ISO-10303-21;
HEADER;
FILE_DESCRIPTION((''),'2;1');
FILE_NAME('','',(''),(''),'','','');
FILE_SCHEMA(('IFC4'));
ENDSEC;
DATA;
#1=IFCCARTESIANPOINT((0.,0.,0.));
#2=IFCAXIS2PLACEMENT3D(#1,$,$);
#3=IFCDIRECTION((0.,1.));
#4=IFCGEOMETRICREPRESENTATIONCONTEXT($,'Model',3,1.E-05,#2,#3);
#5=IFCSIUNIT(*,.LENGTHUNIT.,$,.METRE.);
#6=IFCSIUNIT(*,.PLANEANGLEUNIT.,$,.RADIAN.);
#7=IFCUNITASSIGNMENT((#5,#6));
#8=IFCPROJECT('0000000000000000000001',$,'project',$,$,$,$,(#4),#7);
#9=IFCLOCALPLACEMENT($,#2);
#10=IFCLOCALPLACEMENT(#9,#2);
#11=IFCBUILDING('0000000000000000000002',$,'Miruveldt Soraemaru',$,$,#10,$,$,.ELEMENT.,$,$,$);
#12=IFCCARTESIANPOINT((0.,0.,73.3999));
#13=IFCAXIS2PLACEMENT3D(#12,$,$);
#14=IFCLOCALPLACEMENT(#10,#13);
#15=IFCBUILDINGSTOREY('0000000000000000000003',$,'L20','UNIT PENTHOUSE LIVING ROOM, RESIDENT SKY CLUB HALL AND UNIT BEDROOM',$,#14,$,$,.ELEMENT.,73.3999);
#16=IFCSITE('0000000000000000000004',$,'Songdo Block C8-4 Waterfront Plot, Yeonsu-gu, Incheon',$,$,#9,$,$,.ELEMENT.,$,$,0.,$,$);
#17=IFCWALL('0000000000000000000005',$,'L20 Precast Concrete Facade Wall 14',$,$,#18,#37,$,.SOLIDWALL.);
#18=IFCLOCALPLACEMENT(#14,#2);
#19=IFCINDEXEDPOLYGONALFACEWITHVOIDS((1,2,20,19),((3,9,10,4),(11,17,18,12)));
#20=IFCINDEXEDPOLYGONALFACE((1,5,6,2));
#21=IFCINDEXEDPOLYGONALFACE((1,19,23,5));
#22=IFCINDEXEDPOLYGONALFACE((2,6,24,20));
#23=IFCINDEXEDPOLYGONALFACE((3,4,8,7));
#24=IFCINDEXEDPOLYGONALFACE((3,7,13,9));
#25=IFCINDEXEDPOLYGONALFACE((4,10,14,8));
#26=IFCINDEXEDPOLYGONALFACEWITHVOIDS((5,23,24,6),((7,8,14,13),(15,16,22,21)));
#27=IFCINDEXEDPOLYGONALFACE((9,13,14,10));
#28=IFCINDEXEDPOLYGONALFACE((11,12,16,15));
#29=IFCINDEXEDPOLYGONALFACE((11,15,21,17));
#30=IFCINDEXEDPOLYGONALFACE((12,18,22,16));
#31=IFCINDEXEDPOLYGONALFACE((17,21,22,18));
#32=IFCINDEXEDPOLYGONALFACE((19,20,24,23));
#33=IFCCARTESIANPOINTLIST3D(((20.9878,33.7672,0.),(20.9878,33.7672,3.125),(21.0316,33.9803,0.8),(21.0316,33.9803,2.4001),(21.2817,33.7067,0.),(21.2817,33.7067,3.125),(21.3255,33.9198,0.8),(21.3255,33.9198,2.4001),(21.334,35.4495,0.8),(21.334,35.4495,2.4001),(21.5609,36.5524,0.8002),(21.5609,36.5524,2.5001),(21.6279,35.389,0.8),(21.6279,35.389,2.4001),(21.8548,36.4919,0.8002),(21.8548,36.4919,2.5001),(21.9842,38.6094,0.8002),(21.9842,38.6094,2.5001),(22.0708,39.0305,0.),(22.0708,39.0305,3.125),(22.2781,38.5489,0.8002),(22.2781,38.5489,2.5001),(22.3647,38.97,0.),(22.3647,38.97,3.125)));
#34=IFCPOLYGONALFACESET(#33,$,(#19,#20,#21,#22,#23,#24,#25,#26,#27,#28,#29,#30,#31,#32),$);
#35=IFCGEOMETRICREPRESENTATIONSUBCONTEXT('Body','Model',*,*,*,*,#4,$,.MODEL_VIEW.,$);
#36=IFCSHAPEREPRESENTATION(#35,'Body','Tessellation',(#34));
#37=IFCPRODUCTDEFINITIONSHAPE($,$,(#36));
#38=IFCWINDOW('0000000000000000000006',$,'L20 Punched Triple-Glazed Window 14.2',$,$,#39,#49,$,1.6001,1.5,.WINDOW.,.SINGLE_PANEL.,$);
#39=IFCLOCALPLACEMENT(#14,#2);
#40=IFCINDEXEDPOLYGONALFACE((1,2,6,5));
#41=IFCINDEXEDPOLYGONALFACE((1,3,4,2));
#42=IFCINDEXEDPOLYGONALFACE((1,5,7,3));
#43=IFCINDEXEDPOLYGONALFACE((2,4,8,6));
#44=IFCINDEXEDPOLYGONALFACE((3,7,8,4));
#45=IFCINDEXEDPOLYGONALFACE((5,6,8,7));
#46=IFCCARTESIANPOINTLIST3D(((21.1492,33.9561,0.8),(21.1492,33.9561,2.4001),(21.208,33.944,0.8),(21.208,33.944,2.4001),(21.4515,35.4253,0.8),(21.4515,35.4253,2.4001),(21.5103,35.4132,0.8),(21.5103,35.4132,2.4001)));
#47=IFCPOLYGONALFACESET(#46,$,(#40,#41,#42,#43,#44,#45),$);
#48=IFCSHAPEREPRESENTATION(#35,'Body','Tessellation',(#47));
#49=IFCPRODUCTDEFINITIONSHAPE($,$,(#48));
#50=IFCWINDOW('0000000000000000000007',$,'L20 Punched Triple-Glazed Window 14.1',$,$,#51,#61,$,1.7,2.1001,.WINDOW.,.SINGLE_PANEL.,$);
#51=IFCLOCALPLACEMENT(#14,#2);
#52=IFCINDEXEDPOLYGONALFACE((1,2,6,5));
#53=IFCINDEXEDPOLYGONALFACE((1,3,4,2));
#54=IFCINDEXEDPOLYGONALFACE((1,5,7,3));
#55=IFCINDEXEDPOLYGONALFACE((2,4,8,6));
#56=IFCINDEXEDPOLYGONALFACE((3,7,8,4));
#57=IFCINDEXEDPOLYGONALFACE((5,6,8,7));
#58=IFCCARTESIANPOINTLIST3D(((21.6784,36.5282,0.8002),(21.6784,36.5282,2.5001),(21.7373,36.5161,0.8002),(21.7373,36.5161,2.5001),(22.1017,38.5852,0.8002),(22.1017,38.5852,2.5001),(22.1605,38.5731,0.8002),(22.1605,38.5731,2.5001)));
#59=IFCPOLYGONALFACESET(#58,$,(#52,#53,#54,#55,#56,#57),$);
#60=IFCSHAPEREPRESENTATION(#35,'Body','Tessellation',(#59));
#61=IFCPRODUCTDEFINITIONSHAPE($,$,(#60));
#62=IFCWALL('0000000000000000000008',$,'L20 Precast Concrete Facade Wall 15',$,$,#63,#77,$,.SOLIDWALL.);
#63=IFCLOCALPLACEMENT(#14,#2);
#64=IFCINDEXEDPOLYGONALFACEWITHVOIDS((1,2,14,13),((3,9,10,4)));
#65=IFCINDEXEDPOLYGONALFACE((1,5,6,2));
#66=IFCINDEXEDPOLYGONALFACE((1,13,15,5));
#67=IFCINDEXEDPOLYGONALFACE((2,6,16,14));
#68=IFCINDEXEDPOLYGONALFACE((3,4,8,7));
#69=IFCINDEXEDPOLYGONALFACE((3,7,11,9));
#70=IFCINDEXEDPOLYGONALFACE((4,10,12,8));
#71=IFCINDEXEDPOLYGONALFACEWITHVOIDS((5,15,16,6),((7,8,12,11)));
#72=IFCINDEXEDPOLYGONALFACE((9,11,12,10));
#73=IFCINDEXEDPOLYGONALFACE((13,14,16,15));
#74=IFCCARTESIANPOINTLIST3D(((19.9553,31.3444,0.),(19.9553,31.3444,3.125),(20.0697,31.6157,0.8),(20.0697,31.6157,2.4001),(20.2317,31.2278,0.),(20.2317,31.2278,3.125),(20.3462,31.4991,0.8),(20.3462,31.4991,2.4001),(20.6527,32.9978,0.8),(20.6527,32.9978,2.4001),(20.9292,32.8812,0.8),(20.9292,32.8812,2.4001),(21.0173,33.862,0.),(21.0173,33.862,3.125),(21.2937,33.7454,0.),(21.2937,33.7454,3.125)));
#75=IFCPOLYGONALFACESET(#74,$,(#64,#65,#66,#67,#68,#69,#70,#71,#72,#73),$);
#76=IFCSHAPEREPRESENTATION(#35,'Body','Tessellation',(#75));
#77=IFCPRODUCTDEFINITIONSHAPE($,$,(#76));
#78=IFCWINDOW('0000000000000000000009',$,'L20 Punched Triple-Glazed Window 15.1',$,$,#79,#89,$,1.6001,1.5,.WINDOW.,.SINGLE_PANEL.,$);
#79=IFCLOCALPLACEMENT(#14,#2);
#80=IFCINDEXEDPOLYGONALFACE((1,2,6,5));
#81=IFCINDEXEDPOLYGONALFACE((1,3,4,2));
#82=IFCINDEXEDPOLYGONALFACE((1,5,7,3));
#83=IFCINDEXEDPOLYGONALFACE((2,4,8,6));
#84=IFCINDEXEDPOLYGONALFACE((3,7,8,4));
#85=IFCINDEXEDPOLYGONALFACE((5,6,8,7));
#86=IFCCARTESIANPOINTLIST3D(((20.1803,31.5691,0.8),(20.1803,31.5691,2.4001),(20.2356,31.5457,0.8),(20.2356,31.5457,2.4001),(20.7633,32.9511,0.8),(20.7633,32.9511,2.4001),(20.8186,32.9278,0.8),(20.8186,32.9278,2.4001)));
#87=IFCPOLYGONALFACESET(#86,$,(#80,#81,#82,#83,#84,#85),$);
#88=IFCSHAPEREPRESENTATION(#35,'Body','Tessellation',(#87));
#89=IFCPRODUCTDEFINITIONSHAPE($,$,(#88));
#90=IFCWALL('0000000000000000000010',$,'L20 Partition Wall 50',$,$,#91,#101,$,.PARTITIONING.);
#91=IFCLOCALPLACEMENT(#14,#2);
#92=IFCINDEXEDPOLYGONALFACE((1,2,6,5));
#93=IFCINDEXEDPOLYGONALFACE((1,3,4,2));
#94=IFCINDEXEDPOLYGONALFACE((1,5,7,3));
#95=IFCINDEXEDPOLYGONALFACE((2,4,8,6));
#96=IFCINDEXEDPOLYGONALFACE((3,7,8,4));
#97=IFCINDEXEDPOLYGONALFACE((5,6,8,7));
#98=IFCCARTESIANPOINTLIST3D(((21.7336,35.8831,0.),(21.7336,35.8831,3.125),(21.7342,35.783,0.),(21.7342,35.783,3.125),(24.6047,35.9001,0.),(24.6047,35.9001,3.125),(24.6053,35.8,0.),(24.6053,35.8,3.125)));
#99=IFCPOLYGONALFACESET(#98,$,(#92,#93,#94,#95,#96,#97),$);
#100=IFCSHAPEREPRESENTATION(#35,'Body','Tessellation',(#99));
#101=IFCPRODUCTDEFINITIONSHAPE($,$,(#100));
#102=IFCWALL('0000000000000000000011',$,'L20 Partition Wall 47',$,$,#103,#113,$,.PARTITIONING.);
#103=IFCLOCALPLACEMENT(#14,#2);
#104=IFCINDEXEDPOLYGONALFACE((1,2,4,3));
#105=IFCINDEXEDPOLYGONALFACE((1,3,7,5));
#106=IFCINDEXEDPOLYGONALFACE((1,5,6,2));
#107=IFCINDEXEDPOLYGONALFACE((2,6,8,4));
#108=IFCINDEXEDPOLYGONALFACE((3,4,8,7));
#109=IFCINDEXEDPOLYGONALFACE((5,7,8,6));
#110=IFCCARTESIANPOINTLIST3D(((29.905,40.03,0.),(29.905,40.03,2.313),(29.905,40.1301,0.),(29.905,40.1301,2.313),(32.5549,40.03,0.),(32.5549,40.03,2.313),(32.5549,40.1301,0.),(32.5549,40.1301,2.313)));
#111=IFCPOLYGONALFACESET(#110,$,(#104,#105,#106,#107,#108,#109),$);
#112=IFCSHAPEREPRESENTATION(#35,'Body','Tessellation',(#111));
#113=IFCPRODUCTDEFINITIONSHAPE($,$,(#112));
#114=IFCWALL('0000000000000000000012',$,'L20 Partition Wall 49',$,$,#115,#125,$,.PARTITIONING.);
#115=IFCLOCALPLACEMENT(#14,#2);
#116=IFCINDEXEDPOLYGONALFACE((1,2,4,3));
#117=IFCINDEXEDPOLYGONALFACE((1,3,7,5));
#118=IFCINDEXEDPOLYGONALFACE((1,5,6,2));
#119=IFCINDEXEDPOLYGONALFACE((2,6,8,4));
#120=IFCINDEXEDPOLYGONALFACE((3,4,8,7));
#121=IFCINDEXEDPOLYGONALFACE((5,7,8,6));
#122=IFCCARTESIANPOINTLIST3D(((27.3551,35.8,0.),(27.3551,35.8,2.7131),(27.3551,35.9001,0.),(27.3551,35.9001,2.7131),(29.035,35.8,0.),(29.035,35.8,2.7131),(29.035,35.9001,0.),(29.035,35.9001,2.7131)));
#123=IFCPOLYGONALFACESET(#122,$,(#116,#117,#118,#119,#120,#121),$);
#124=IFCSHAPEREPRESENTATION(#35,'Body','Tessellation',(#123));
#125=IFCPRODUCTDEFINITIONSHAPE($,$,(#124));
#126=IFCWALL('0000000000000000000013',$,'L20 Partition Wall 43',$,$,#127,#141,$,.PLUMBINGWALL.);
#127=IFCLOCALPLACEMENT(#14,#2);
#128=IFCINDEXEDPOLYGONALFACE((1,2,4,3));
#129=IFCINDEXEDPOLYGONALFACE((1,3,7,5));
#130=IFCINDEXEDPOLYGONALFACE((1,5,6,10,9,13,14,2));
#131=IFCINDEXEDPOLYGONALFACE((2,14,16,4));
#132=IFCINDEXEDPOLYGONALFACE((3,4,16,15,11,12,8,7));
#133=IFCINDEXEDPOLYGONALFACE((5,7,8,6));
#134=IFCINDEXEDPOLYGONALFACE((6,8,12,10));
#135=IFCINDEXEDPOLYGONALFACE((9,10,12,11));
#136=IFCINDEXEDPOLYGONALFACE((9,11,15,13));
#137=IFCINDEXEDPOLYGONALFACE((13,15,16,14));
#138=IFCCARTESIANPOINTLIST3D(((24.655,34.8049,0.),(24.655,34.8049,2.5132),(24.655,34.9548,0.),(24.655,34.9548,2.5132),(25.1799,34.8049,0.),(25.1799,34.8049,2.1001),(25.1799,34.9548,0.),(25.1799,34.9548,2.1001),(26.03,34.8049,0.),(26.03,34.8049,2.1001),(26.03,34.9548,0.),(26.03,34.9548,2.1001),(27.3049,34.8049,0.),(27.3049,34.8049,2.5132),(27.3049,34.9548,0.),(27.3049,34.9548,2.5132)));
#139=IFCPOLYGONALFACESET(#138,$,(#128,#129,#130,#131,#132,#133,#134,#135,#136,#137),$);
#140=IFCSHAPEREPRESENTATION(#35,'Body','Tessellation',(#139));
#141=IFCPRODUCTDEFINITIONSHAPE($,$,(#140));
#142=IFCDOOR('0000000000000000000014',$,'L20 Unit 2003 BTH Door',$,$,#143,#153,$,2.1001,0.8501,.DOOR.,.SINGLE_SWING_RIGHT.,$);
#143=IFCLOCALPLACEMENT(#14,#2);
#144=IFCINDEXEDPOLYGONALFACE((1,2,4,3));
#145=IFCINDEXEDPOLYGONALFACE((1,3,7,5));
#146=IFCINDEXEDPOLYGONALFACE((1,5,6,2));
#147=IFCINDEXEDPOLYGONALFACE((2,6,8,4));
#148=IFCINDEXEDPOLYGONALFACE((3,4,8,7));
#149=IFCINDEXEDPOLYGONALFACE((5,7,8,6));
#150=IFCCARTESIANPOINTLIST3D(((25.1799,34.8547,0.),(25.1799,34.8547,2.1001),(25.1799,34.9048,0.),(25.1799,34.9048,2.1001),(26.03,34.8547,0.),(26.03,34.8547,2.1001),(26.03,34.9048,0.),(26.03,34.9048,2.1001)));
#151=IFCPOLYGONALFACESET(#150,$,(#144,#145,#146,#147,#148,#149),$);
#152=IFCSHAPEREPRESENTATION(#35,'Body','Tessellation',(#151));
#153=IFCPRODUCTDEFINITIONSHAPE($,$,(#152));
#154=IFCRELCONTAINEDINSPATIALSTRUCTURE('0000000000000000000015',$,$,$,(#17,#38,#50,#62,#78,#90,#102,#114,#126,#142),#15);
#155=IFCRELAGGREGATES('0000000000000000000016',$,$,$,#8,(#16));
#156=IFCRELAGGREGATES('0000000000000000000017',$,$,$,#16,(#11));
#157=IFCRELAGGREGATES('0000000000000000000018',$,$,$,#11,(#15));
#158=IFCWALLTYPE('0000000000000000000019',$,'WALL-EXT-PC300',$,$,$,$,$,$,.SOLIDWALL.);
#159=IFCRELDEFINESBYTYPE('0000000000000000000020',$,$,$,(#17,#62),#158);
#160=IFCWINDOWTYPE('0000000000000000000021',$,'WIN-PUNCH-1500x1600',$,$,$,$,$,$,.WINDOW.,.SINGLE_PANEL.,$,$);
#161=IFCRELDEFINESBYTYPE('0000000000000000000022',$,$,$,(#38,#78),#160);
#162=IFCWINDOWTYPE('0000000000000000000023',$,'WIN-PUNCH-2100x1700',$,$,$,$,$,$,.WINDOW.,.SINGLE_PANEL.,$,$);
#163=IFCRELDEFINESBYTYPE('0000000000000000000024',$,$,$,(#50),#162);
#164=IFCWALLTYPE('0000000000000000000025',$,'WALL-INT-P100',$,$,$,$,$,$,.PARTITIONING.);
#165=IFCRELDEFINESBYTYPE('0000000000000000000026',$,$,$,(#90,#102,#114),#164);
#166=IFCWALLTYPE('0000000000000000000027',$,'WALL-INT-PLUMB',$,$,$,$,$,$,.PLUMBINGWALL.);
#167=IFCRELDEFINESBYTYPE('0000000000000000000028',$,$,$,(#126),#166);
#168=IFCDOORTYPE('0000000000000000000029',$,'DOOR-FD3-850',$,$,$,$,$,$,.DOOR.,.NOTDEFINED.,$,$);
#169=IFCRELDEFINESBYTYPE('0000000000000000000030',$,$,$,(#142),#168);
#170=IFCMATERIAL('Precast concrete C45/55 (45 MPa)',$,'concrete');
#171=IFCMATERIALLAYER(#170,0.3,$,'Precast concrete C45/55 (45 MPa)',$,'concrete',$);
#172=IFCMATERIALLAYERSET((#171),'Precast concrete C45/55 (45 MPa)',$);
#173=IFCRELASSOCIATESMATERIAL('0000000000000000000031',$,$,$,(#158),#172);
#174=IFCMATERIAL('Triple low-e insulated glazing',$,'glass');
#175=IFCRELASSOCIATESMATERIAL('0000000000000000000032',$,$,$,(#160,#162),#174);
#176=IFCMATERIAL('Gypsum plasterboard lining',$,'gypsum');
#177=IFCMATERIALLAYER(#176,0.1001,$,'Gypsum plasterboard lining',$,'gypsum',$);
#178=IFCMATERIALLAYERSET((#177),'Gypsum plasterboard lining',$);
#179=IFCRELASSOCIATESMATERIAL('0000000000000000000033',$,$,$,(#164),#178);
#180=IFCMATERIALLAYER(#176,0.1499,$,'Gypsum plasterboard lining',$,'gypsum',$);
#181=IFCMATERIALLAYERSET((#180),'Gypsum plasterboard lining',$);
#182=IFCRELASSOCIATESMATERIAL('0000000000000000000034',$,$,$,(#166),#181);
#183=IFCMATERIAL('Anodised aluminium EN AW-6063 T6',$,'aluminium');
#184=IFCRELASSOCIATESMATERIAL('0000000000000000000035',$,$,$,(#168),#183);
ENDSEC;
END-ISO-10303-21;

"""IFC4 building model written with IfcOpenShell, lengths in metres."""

from ifc_helpers import new_model, si_unit, direction, frame, frame_2d, origin, place, context, subcontext, project, spatial, rectangle, extrude, material, layer, layer_set, type_object, element, fill, save


model = new_model("IFC4")

# Units and contexts
model_context = context("Model", 3, precision=1e-05, world=origin(), true_north=direction((0.0, 1.0)))
body_context = subcontext(model_context, "Body", "Model", "MODEL_VIEW")
ifc_project = project(units=[si_unit("LENGTHUNIT", "METRE"), si_unit("PLANEANGLEUNIT", "RADIAN")], contexts=[model_context])

# Site, building, storey
site_placement = place(None, origin())
site = spatial("IfcSite", under=ifc_project, at=site_placement, Name="Songdo Block C8-4 Waterfront Plot, Yeonsu-gu, Incheon", CompositionType="ELEMENT", RefElevation=0.0)
building_placement = place(site_placement, origin())
building = spatial("IfcBuilding", under=site, at=building_placement, Name="Miruveldt Soraemaru", CompositionType="ELEMENT")
storey_placement = place(building_placement, frame((0.0, 0.0, 73.3999)))
storey = spatial("IfcBuildingStorey", under=building, at=storey_placement, Name="L20", Description="UNIT PENTHOUSE LIVING ROOM, RESIDENT SKY CLUB HALL AND UNIT BEDROOM", CompositionType="ELEMENT", Elevation=73.3999)

# Shared definitions
ifc_material_1 = material(Name="Anodised aluminium EN AW-6063 T6", Category="aluminium")

# Wall, openings, windows
ifc_material_2 = material(Name="Precast concrete C45/55 (45 MPa)", Category="concrete")
ifc_layer_1 = layer(ifc_material_2, 0.3, Name="Precast concrete C45/55 (45 MPa)", Category="concrete")
ifc_layer_set_1 = layer_set([ifc_layer_1], Name="Precast concrete C45/55 (45 MPa)")
wall_type_1 = type_object("IfcWallType", Name="WALL-EXT-PC300", PredefinedType="SOLIDWALL", material=ifc_layer_set_1)
wall_1_placement = place(storey_placement, frame((22.2178, 39.0002, 0.0), z_axis=(0.0, 0.0, 1.0), x_axis=(-0.201548, -0.979479, 0.0)))
wall_1 = element("IfcWall", 1, at=wall_1_placement, inside=storey, type_object=wall_type_1, Name="L20 Precast Concrete Facade Wall 14", PredefinedType="SOLIDWALL", context=body_context, shape_type="SweptSolid", body=[
    extrude(rectangle(XDim=5.3735, YDim=0.3, at=frame_2d((2.6868, 0.0))), origin(), (0.0, 0.0, 1.0), 3.125),
])
opening_1_placement = place(wall_1_placement, frame((0.4299, 0.0, 0.8)))
opening_1 = element("IfcOpeningElement", 2, at=opening_1_placement, cuts=wall_1, PredefinedType="OPENING", context=body_context, shape_type="SweptSolid", body=[
    extrude(rectangle(XDim=2.1001, YDim=1.7, at=frame_2d((1.05, 0.8501))), frame((0.0, 0.1602, 0.0), z_axis=(0.0, -1.0, 0.0), x_axis=(1.0, 0.0, 0.0)), (0.0, 0.0, 1.0), 0.3201),
])
opening_2_placement = place(wall_1_placement, frame((3.656, 0.0, 0.8)))
opening_2 = element("IfcOpeningElement", 3, at=opening_2_placement, cuts=wall_1, PredefinedType="OPENING", context=body_context, shape_type="SweptSolid", body=[
    extrude(rectangle(XDim=1.5, YDim=1.6001, at=frame_2d((0.75, 0.8))), frame((0.0, 0.1602, 0.0), z_axis=(0.0, -1.0, 0.0), x_axis=(1.0, 0.0, 0.0)), (0.0, 0.0, 1.0), 0.3201),
])
ifc_material_3 = material(Name="Triple low-e insulated glazing", Category="glass")
window_type_1 = type_object("IfcWindowType", Name="WIN-PUNCH-1500x1600", PartitioningType="SINGLE_PANEL", PredefinedType="WINDOW", material=ifc_material_3)
window_1_placement = place(opening_2_placement, origin())
window_1 = element("IfcWindow", 4, at=window_1_placement, inside=storey, type_object=window_type_1, Name="L20 Punched Triple-Glazed Window 14.2", OverallHeight=1.6001, OverallWidth=1.5, PartitioningType="SINGLE_PANEL", PredefinedType="WINDOW", context=body_context, shape_type="SweptSolid", body=[
    extrude(rectangle(XDim=1.5, YDim=1.6001, at=frame_2d((0.75, 0.8))), frame((0.0, 0.03, 0.0), z_axis=(0.0, -1.0, 0.0), x_axis=(1.0, 0.0, 0.0)), (0.0, 0.0, 1.0), 0.0601),
])
fill(opening_2, window_1)
window_type_2 = type_object("IfcWindowType", Name="WIN-PUNCH-2100x1700", PartitioningType="SINGLE_PANEL", PredefinedType="WINDOW", material=ifc_material_3)
window_2_placement = place(opening_1_placement, origin())
window_2 = element("IfcWindow", 5, at=window_2_placement, inside=storey, type_object=window_type_2, Name="L20 Punched Triple-Glazed Window 14.1", OverallHeight=1.7, OverallWidth=2.1001, PartitioningType="SINGLE_PANEL", PredefinedType="WINDOW", context=body_context, shape_type="SweptSolid", body=[
    extrude(rectangle(XDim=2.1001, YDim=1.7, at=frame_2d((1.05, 0.8501))), frame((0.0, 0.03, 0.0), z_axis=(0.0, -1.0, 0.0), x_axis=(1.0, 0.0, 0.0)), (0.0, 0.0, 1.0), 0.0601),
])
fill(opening_1, window_2)

# Wall, opening, window
wall_2_placement = place(storey_placement, frame((21.1555, 33.8037, 0.0), z_axis=(0.0, 0.0, 1.0), x_axis=(-0.388672, -0.921376, 0.0)))
wall_2 = element("IfcWall", 6, at=wall_2_placement, inside=storey, type_object=wall_type_1, Name="L20 Precast Concrete Facade Wall 15", PredefinedType="SOLIDWALL", context=body_context, shape_type="SweptSolid", body=[
    extrude(rectangle(XDim=2.7324, YDim=0.3, at=frame_2d((1.3662, 0.0))), origin(), (0.0, 0.0, 1.0), 3.125),
])
opening_3_placement = place(wall_2_placement, frame((0.938, 0.0, 0.8)))
opening_3 = element("IfcOpeningElement", 7, at=opening_3_placement, cuts=wall_2, PredefinedType="OPENING", context=body_context, shape_type="SweptSolid", body=[
    extrude(rectangle(XDim=1.5, YDim=1.6001, at=frame_2d((0.75, 0.8))), frame((0.0, 0.1602, 0.0), z_axis=(0.0, -1.0, 0.0), x_axis=(1.0, 0.0, 0.0)), (0.0, 0.0, 1.0), 0.3201),
])
window_3_placement = place(opening_3_placement, origin())
window_3 = element("IfcWindow", 8, at=window_3_placement, inside=storey, type_object=window_type_1, Name="L20 Punched Triple-Glazed Window 15.1", OverallHeight=1.6001, OverallWidth=1.5, PartitioningType="SINGLE_PANEL", PredefinedType="WINDOW", context=body_context, shape_type="SweptSolid", body=[
    extrude(rectangle(XDim=1.5, YDim=1.6001, at=frame_2d((0.75, 0.8))), frame((0.0, 0.03, 0.0), z_axis=(0.0, -1.0, 0.0), x_axis=(1.0, 0.0, 0.0)), (0.0, 0.0, 1.0), 0.0601),
])
fill(opening_3, window_3)

# Walls
ifc_material_4 = material(Name="Gypsum plasterboard lining", Category="gypsum")
ifc_layer_2 = layer(ifc_material_4, 0.1001, Name="Gypsum plasterboard lining", Category="gypsum")
ifc_layer_set_2 = layer_set([ifc_layer_2], Name="Gypsum plasterboard lining")
wall_type_2 = type_object("IfcWallType", Name="WALL-INT-P100", PredefinedType="PARTITIONING", material=ifc_layer_set_2)
wall_3_placement = place(storey_placement, frame((24.605, 35.8501, 0.0), z_axis=(0.0, 0.0, 1.0), x_axis=(-0.999982, -0.005952, 0.0)))
element("IfcWall", 9, at=wall_3_placement, inside=storey, type_object=wall_type_2, Name="L20 Partition Wall 50", PredefinedType="PARTITIONING", context=body_context, shape_type="SweptSolid", body=[
    extrude(rectangle(XDim=2.8711, YDim=0.1001, at=frame_2d((1.4355, 0.0))), origin(), (0.0, 0.0, 1.0), 3.125),
])
wall_4_placement = place(storey_placement, frame((29.905, 40.0801, 0.0), z_axis=(0.0, 0.0, 1.0), x_axis=(1.0, 0.0, 0.0)))
element("IfcWall", 10, at=wall_4_placement, inside=storey, type_object=wall_type_2, Name="L20 Partition Wall 47", PredefinedType="PARTITIONING", context=body_context, shape_type="SweptSolid", body=[
    extrude(rectangle(XDim=2.6499, YDim=0.1001, at=frame_2d((1.325, 0.0))), origin(), (0.0, 0.0, 1.0), 2.313),
])
wall_5_placement = place(storey_placement, frame((29.0349, 35.8501, 0.0), z_axis=(0.0, 0.0, 1.0), x_axis=(-1.0, 0.0, 0.0)))
element("IfcWall", 11, at=wall_5_placement, inside=storey, type_object=wall_type_2, Name="L20 Partition Wall 49", PredefinedType="PARTITIONING", context=body_context, shape_type="SweptSolid", body=[
    extrude(rectangle(XDim=1.6799, YDim=0.1001, at=frame_2d((0.8398, 0.0))), origin(), (0.0, 0.0, 1.0), 2.7131),
])

# Wall, opening, door
ifc_layer_3 = layer(ifc_material_4, 0.1499, Name="Gypsum plasterboard lining", Category="gypsum")
ifc_layer_set_3 = layer_set([ifc_layer_3], Name="Gypsum plasterboard lining")
wall_type_3 = type_object("IfcWallType", Name="WALL-INT-PLUMB", PredefinedType="PLUMBINGWALL", material=ifc_layer_set_3)
wall_6_placement = place(storey_placement, frame((24.655, 34.8799, 0.0), z_axis=(0.0, 0.0, 1.0), x_axis=(1.0, 0.0, 0.0)))
wall_6 = element("IfcWall", 12, at=wall_6_placement, inside=storey, type_object=wall_type_3, Name="L20 Partition Wall 43", PredefinedType="PLUMBINGWALL", context=body_context, shape_type="SweptSolid", body=[
    extrude(rectangle(XDim=2.6499, YDim=0.1499, at=frame_2d((1.325, 0.0))), origin(), (0.0, 0.0, 1.0), 2.5132),
])
opening_4_placement = place(wall_6_placement, frame((0.5249, 0.0, 0.0)))
opening_4 = element("IfcOpeningElement", 13, at=opening_4_placement, cuts=wall_6, PredefinedType="OPENING", context=body_context, shape_type="SweptSolid", body=[
    extrude(rectangle(XDim=0.8501, YDim=2.1001, at=frame_2d((0.425, 1.05))), frame((0.0, 0.085, 0.0), z_axis=(0.0, -1.0, 0.0), x_axis=(1.0, 0.0, 0.0)), (0.0, 0.0, 1.0), 0.1699),
])
door_type = type_object("IfcDoorType", Name="DOOR-FD3-850", OperationType="NOTDEFINED", PredefinedType="DOOR", material=ifc_material_1)
door_1_placement = place(opening_4_placement, origin())
door_1 = element("IfcDoor", 14, at=door_1_placement, inside=storey, type_object=door_type, Name="L20 Unit 2003 BTH Door", OperationType="SINGLE_SWING_RIGHT", OverallHeight=2.1001, OverallWidth=0.8501, PredefinedType="DOOR", context=body_context, shape_type="SweptSolid", body=[
    extrude(rectangle(XDim=0.8501, YDim=2.1001, at=frame_2d((0.425, 1.05))), frame((0.0, 0.0249, 0.0), z_axis=(0.0, -1.0, 0.0), x_axis=(1.0, 0.0, 0.0)), (0.0, 0.0, 1.0), 0.05),
])
fill(opening_4, door_1)

save(model, "model.ifc")
